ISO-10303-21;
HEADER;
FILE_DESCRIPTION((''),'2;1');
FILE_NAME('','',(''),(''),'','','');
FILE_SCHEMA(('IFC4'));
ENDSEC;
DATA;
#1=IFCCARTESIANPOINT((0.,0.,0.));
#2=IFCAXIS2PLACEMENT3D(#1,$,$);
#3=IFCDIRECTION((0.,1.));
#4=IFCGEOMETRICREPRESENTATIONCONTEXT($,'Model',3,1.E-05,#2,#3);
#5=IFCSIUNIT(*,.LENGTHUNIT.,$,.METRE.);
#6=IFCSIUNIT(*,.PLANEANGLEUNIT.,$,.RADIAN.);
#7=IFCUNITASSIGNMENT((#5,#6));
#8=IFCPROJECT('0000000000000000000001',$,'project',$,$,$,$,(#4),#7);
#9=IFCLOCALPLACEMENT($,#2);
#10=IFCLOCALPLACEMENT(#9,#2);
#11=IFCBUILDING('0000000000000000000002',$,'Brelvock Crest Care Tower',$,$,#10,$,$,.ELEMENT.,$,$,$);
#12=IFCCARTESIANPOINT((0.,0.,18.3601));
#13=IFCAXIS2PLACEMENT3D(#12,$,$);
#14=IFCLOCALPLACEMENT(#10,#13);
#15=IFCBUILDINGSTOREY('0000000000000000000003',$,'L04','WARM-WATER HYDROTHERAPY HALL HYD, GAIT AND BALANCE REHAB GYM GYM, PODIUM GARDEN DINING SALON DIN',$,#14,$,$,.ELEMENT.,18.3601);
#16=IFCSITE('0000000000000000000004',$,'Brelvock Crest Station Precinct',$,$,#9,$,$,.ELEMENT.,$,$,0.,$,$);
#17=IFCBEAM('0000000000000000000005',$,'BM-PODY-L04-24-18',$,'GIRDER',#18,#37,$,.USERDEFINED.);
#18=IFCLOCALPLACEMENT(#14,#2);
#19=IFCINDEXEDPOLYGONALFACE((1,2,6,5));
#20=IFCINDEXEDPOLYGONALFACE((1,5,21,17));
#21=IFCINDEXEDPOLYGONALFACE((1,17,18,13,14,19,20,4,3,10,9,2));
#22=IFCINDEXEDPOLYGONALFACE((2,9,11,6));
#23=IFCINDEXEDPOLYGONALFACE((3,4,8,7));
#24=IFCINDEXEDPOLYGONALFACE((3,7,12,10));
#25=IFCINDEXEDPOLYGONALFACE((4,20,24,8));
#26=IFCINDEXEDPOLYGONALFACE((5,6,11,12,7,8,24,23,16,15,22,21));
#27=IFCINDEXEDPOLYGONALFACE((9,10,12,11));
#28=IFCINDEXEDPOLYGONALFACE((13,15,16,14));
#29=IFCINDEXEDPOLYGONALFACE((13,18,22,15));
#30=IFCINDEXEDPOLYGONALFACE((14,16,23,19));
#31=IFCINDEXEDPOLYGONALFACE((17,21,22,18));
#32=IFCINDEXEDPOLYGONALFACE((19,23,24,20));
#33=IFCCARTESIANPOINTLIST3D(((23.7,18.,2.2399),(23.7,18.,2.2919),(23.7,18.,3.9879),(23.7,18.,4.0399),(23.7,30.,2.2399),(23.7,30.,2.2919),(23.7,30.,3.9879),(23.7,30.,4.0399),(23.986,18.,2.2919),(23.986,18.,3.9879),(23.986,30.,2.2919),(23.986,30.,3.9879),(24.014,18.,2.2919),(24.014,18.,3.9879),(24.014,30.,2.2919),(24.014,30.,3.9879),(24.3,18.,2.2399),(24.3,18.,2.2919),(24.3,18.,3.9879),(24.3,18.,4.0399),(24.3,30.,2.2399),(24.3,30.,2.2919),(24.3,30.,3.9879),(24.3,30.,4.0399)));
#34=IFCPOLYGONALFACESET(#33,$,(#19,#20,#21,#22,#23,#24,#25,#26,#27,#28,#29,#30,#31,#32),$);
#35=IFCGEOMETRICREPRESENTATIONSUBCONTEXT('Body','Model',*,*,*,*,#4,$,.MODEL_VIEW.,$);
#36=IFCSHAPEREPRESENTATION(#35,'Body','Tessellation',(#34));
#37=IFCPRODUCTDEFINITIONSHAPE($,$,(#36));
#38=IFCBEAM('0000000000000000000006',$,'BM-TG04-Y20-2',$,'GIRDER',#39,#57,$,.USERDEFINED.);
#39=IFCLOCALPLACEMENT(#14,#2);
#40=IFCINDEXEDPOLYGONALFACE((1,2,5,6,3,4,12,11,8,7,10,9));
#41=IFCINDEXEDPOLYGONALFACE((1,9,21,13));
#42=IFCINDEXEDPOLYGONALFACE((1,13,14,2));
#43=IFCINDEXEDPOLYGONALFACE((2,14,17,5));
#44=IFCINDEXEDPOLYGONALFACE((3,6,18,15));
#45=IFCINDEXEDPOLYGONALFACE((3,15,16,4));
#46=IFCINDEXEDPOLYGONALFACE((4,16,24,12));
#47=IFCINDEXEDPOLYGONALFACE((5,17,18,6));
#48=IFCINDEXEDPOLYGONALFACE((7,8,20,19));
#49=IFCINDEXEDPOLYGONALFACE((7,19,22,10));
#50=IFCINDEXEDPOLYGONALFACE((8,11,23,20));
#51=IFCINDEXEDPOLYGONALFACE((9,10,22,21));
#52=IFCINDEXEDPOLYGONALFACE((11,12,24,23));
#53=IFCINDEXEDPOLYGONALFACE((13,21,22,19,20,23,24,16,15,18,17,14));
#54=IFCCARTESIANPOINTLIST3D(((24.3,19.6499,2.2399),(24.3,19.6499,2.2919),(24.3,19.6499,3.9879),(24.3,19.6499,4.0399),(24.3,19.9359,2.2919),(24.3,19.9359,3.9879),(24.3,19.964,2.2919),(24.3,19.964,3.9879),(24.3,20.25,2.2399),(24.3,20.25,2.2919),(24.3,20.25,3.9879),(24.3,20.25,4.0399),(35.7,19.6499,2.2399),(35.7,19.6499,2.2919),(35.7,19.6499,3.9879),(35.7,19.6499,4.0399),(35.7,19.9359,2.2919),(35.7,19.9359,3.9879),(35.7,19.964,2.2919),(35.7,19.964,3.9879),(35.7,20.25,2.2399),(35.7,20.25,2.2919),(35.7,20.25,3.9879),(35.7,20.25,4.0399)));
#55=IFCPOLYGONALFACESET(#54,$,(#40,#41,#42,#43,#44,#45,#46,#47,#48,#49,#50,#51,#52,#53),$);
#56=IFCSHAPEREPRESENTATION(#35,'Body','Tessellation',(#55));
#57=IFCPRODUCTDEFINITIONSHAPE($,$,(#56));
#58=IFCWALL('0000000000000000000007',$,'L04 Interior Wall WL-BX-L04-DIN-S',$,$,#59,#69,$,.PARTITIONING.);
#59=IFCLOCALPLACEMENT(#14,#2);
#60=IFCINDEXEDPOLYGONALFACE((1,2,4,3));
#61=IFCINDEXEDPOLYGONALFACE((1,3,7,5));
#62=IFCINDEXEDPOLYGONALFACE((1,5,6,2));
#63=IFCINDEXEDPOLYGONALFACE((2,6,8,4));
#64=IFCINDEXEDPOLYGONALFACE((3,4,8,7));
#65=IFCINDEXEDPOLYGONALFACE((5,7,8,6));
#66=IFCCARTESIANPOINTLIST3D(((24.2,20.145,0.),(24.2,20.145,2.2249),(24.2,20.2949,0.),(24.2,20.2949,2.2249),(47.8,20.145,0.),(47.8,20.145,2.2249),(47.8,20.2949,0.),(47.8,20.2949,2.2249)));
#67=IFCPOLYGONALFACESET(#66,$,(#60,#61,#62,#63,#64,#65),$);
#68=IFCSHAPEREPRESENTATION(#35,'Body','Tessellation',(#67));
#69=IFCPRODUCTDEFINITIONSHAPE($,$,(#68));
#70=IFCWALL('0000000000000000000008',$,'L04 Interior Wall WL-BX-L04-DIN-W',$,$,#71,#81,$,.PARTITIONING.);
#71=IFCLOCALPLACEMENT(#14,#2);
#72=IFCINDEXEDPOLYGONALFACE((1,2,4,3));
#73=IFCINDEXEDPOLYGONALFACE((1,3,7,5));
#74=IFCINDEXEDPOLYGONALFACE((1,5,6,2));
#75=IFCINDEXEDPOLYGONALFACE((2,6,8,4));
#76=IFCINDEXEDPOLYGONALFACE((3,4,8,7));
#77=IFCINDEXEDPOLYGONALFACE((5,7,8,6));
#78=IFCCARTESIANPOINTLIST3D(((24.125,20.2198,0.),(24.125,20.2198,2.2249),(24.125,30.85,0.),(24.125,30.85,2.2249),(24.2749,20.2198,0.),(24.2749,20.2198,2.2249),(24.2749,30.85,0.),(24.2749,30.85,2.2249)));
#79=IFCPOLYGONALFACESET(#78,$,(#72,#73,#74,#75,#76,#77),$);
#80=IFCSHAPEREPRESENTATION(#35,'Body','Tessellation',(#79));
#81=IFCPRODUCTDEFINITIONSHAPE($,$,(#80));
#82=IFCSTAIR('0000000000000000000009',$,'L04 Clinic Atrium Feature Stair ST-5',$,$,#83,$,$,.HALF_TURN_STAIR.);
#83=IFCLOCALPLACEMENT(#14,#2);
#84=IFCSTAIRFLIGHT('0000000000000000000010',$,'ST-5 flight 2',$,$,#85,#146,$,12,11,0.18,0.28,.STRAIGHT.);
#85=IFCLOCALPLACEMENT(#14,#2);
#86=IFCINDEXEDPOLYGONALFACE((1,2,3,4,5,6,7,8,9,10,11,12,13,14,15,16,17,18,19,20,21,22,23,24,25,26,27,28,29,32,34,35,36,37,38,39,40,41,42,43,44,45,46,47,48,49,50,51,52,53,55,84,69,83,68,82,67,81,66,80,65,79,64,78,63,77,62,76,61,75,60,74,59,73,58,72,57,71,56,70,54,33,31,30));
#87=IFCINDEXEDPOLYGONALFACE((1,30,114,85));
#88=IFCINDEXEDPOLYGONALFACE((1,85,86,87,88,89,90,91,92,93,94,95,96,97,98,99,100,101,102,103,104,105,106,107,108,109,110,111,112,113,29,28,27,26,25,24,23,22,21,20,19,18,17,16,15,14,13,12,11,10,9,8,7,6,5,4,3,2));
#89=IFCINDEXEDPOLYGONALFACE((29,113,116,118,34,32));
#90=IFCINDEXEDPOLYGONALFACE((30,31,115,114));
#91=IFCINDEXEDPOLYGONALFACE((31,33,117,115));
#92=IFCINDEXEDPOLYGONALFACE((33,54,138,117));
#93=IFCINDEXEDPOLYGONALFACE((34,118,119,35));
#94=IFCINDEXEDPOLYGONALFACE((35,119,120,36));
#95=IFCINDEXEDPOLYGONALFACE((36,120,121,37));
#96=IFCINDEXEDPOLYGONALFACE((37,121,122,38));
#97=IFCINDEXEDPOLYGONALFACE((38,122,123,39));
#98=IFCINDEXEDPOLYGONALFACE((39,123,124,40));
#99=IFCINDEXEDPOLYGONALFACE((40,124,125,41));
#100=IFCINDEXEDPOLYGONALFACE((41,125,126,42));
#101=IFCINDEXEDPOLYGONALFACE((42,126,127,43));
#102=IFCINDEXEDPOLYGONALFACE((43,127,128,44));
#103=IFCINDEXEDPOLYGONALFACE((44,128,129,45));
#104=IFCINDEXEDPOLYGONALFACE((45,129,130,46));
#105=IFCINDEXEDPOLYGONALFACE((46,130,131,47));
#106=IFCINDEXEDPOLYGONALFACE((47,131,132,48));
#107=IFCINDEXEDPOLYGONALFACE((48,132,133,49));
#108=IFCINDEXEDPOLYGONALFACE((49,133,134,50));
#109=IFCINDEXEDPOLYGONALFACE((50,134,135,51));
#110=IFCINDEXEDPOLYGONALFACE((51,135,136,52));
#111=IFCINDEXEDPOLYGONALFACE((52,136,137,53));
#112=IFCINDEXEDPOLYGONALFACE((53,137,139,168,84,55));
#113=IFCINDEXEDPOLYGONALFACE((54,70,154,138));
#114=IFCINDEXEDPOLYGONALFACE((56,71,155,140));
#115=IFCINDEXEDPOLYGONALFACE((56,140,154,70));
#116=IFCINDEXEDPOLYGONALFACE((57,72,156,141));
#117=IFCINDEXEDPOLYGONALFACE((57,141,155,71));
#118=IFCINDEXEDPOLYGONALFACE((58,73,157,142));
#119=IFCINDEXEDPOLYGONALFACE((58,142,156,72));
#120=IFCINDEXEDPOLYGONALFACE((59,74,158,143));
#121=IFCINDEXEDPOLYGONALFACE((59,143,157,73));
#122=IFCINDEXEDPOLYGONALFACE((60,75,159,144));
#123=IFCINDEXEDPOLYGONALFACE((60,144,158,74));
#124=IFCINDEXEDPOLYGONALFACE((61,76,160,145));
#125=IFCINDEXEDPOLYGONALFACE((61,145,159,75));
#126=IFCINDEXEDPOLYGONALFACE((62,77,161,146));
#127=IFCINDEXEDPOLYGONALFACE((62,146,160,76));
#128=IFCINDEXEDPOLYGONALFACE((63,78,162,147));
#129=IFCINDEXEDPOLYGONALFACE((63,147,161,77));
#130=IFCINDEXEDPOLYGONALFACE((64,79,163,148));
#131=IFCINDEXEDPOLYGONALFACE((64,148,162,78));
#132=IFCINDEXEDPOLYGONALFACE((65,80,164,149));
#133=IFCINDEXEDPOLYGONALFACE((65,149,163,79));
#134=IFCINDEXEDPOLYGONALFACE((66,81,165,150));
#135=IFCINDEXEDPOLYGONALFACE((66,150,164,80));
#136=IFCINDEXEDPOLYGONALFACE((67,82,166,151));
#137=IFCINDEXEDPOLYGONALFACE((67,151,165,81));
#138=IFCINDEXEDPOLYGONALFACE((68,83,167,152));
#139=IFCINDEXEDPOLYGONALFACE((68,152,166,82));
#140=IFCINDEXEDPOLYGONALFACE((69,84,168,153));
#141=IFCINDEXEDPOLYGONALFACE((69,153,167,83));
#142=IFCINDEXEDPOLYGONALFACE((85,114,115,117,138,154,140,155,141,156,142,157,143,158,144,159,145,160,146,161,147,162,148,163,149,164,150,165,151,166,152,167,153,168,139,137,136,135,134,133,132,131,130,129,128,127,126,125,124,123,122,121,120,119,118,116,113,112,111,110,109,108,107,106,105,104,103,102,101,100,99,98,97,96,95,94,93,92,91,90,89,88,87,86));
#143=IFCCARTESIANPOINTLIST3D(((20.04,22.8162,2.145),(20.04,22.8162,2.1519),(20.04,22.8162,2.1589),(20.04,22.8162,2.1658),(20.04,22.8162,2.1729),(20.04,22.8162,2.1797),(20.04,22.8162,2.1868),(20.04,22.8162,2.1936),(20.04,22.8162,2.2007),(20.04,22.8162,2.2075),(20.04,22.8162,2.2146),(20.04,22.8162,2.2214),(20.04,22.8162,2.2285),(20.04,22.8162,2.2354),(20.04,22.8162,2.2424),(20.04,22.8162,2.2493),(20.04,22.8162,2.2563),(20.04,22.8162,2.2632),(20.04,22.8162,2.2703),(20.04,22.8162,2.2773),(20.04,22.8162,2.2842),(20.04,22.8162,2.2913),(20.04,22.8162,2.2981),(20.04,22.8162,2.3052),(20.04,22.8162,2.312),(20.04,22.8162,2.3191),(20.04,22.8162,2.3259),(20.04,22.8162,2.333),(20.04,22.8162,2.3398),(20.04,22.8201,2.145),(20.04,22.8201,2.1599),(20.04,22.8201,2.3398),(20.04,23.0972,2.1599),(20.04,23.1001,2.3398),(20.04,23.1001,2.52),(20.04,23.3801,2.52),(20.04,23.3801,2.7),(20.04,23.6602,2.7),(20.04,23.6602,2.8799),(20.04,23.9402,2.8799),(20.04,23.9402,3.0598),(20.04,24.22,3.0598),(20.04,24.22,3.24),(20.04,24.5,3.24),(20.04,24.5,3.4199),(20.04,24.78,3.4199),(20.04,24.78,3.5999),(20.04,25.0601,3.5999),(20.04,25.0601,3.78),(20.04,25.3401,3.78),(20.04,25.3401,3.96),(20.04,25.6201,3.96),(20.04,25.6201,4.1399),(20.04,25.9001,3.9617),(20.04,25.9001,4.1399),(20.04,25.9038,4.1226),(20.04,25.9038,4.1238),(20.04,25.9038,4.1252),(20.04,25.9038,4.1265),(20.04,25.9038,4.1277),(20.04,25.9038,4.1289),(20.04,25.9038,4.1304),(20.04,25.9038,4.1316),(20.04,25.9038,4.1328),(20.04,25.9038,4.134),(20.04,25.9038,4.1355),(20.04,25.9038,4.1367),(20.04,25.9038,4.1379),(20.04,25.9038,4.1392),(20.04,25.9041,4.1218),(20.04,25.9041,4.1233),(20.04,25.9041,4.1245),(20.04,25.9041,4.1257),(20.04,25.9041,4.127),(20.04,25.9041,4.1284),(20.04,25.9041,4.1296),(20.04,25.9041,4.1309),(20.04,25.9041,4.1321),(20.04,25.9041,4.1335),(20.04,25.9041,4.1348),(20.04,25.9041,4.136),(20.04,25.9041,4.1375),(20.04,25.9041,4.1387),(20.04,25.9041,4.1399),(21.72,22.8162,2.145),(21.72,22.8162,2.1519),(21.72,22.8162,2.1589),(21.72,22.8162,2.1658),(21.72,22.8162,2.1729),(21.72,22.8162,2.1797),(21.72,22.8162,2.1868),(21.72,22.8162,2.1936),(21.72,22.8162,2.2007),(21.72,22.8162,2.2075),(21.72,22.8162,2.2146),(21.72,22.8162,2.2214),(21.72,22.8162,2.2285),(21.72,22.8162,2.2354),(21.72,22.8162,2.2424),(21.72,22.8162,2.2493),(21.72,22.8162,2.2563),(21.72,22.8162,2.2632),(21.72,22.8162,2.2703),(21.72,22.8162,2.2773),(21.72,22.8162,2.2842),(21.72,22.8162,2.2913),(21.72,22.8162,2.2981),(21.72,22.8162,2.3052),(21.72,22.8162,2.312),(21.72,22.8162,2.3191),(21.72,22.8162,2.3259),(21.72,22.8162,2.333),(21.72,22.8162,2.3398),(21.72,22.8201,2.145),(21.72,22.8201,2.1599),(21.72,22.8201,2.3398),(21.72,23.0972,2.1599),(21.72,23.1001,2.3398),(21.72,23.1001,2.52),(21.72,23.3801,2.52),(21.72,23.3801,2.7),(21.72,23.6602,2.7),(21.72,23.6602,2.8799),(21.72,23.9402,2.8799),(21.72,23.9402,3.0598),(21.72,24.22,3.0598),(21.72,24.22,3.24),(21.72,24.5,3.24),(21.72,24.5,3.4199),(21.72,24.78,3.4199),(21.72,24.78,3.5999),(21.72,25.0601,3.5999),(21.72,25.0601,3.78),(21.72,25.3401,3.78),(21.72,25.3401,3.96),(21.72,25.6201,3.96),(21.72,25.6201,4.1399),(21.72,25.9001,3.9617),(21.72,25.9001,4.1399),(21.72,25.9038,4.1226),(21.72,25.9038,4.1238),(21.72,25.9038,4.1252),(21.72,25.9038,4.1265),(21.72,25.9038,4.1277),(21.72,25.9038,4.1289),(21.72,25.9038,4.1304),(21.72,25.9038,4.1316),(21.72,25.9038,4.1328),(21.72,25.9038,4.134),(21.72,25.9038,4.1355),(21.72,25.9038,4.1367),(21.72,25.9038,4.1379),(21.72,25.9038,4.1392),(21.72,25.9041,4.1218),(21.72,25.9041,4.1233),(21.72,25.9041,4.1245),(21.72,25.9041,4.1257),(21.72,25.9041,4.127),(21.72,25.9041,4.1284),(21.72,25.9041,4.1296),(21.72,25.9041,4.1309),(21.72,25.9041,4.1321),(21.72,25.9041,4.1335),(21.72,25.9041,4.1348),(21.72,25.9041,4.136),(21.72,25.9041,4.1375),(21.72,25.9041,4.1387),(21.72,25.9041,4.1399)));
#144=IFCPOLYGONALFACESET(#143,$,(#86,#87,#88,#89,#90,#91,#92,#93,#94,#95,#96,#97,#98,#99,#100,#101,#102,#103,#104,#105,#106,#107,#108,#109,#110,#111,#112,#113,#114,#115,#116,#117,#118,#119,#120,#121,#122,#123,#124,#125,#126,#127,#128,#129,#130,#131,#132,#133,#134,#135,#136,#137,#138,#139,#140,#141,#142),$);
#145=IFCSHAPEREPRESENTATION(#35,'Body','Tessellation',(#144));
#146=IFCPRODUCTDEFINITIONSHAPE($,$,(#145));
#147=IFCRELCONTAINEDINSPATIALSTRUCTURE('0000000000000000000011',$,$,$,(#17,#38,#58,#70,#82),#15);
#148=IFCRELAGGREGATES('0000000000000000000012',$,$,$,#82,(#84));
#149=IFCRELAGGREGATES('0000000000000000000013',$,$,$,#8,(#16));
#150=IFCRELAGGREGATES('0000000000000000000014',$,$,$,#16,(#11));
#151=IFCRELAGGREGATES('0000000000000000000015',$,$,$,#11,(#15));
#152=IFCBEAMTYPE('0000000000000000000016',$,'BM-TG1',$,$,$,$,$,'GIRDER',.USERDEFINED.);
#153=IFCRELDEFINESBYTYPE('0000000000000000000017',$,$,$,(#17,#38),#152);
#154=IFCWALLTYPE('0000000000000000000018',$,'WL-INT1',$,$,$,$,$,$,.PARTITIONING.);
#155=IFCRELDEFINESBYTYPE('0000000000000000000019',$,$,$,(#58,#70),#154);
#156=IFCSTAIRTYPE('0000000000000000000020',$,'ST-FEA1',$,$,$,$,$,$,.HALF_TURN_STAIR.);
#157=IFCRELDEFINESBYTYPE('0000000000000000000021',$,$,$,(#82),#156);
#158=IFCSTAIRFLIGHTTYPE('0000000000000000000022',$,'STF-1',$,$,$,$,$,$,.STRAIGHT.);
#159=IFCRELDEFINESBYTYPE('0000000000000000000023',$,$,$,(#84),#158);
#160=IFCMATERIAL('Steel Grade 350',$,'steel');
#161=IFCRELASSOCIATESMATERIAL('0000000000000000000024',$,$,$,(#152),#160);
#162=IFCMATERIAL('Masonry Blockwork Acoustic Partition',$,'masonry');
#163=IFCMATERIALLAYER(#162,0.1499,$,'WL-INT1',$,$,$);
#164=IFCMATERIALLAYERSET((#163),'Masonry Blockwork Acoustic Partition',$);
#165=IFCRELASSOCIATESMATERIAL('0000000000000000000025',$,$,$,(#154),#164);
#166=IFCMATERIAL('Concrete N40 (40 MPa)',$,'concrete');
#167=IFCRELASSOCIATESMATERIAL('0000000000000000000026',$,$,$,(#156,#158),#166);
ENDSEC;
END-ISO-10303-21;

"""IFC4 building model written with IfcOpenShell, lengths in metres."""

from ifc_helpers import new_model, si_unit, direction, frame, frame_2d, origin, origin_2d, place, context, subcontext, project, spatial, polyline, rectangle, i_section, outline, extrude, source, transform, mapped, material, layer, layer_set, material_profile, profile_set, type_object, element, aggregate, save


model = new_model("IFC4")

# Units and contexts
model_context = context("Model", 3, precision=1e-05, world=origin(), true_north=direction((0.0, 1.0)))
body_context = subcontext(model_context, "Body", "Model", "MODEL_VIEW")
ifc_project = project(units=[si_unit("LENGTHUNIT", "METRE"), si_unit("PLANEANGLEUNIT", "RADIAN")], contexts=[model_context])

# Site, building, storey
site_placement = place(None, origin())
site = spatial("IfcSite", under=ifc_project, at=site_placement, Name="Brelvock Crest Station Precinct", CompositionType="ELEMENT", RefElevation=0.0)
building_placement = place(site_placement, origin())
building = spatial("IfcBuilding", under=site, at=building_placement, Name="Brelvock Crest Care Tower", CompositionType="ELEMENT")
storey_placement = place(building_placement, frame((0.0, 0.0, 18.3601)))
storey = spatial("IfcBuildingStorey", under=building, at=storey_placement, Name="L04", Description="WARM-WATER HYDROTHERAPY HALL HYD, GAIT AND BALANCE REHAB GYM GYM, PODIUM GARDEN DINING SALON DIN", CompositionType="ELEMENT", Elevation=18.3601)

# Shared definitions
ifc_material_1 = material(Name="Steel Grade 350", Category="steel")

# Beams
ifc_material_profile_1 = material_profile(ifc_material_1, i_section(OverallWidth=0.6001, OverallDepth=1.8, WebThickness=0.0281, FlangeThickness=0.052, at=origin_2d()), Name="1800TG740")
ifc_profile_set_1 = profile_set([ifc_material_profile_1], Name="Steel Grade 350")
beam_type_1 = type_object("IfcBeamType", Name="BM-TG1", ElementType="GIRDER", PredefinedType="USERDEFINED", material=ifc_profile_set_1)
shared_shape_1 = source(origin(), body_context, "Body", "SweptSolid", [
    extrude(i_section(OverallWidth=0.6001, OverallDepth=1.8, WebThickness=0.0281, FlangeThickness=0.052, at=origin_2d()), origin(), (0.0, 0.0, 1.0), 12.0),
])
beam_1_placement = place(storey_placement, frame((24.0, 18.0, 3.1399), z_axis=(0.0, 1.0, 0.0), x_axis=(-1.0, 0.0, 0.0)))
element("IfcBeam", 1, at=beam_1_placement, inside=storey, type_object=beam_type_1, Name="BM-PODY-L04-24-18", ObjectType="GIRDER", PredefinedType="USERDEFINED", context=body_context, shape_type="MappedRepresentation", body=[
    mapped(shared_shape_1, transform((0.0, 0.0, 0.0), x_axis=(1.0, 0.0, 0.0), y_axis=(0.0, 1.0, 0.0), z_axis=(0.0, 0.0, 1.0), scale=1.0)),
])
shared_shape_2 = source(origin(), body_context, "Body", "SweptSolid", [
    extrude(i_section(OverallWidth=0.6001, OverallDepth=1.8, WebThickness=0.0281, FlangeThickness=0.052, at=origin_2d()), origin(), (0.0, 0.0, 1.0), 11.3999),
])
beam_2_placement = place(storey_placement, frame((24.3, 19.95, 3.1399), z_axis=(1.0, 0.0, 0.0), x_axis=(0.0, 1.0, 0.0)))
element("IfcBeam", 2, at=beam_2_placement, inside=storey, type_object=beam_type_1, Name="BM-TG04-Y20-2", ObjectType="GIRDER", PredefinedType="USERDEFINED", context=body_context, shape_type="MappedRepresentation", body=[
    mapped(shared_shape_2, transform((0.0, 0.0, 0.0), x_axis=(1.0, 0.0, 0.0), y_axis=(0.0, 1.0, 0.0), z_axis=(0.0, 0.0, 1.0), scale=1.0)),
])

# Walls
ifc_material_2 = material(Name="Masonry Blockwork Acoustic Partition", Category="masonry")
ifc_layer_1 = layer(ifc_material_2, 0.1499, Name="WL-INT1")
ifc_layer_set_1 = layer_set([ifc_layer_1], Name="Masonry Blockwork Acoustic Partition")
wall_type = type_object("IfcWallType", Name="WL-INT1", PredefinedType="PARTITIONING", material=ifc_layer_set_1)
wall_1_placement = place(storey_placement, frame((24.2, 20.22, 0.0), z_axis=(0.0, 0.0, 1.0), x_axis=(1.0, 0.0, 0.0)))
element("IfcWall", 3, at=wall_1_placement, inside=storey, type_object=wall_type, Name="L04 Interior Wall WL-BX-L04-DIN-S", PredefinedType="PARTITIONING", context=body_context, shape_type="SweptSolid", body=[
    extrude(rectangle(XDim=23.6001, YDim=0.1499, at=frame_2d((11.8, 0.0))), origin(), (0.0, 0.0, 1.0), 2.2249),
])
wall_2_placement = place(storey_placement, frame((24.2, 20.22, 0.0), z_axis=(0.0, 0.0, 1.0), x_axis=(0.0, 1.0, 0.0)))
element("IfcWall", 4, at=wall_2_placement, inside=storey, type_object=wall_type, Name="L04 Interior Wall WL-BX-L04-DIN-W", PredefinedType="PARTITIONING", context=body_context, shape_type="SweptSolid", body=[
    extrude(rectangle(XDim=10.6301, YDim=0.1499, at=frame_2d((5.3149, 0.0))), origin(), (0.0, 0.0, 1.0), 2.2249),
])

# Stair, stair flight
ifc_material_3 = material(Name="Concrete N40 (40 MPa)", Category="concrete")
stair_type = type_object("IfcStairType", Name="ST-FEA1", PredefinedType="HALF_TURN_STAIR", material=ifc_material_3)
stair_placement = place(storey_placement, origin())
stair = element("IfcStair", 5, at=stair_placement, inside=storey, type_object=stair_type, Name="L04 Clinic Atrium Feature Stair ST-5", PredefinedType="HALF_TURN_STAIR")
stair_flight_type = type_object("IfcStairFlightType", Name="STF-1", PredefinedType="STRAIGHT", material=ifc_material_3)
stair_flight_placement = place(storey_placement, frame((20.8799, 22.8201, 2.1599), z_axis=(0.0, 0.0, 1.0), x_axis=(0.0, 1.0, 0.0)))
stair_flight = element("IfcStairFlight", 6, at=stair_flight_placement, type_object=stair_flight_type, Name="ST-5 flight 2", NumberOfRisers=12, NumberOfTreads=11, PredefinedType="STRAIGHT", RiserHeight=0.18, TreadLength=0.28, context=body_context, shape_type="SweptSolid", body=[
    extrude(outline(polyline([(-0.0039, -0.0149), (-0.0039, -0.0081), (-0.0039, -0.001), (-0.0039, 0.0059), (-0.0039, 0.0129), (-0.0039, 0.0198), (-0.0039, 0.0269), (-0.0039, 0.0337), (-0.0039, 0.0408), (-0.0039, 0.0476), (-0.0039, 0.0547), (-0.0039, 0.0615), (-0.0039, 0.0686), (-0.0039, 0.0754), (-0.0039, 0.0825), (-0.0039, 0.0894), (-0.0039, 0.0964), (-0.0039, 0.1033), (-0.0039, 0.1104), (-0.0039, 0.1174), (-0.0039, 0.1243), (-0.0039, 0.1313), (-0.0039, 0.1382), (-0.0039, 0.1453), (-0.0039, 0.1521), (-0.0039, 0.1592), (-0.0039, 0.166), (-0.0039, 0.1731), (-0.0039, 0.1799), (0.0, 0.1799), (0.28, 0.1799), (0.28, 0.3601), (0.5601, 0.3601), (0.5601, 0.54), (0.8401, 0.54), (0.8401, 0.72), (1.1201, 0.72), (1.1201, 0.8999), (1.3999, 0.8999), (1.3999, 1.0801), (1.6799, 1.0801), (1.6799, 1.26), (1.96, 1.26), (1.96, 1.4399), (2.24, 1.4399), (2.24, 1.6201), (2.52, 1.6201), (2.52, 1.8), (2.8, 1.8), (2.8, 1.98), (3.0801, 1.98), (3.084, 1.98), (3.0837, 1.9792), (3.084, 1.9788), (3.0837, 1.978), (3.084, 1.9775), (3.0837, 1.9768), (3.084, 1.9761), (3.0837, 1.9756), (3.084, 1.9749), (3.0837, 1.9741), (3.084, 1.9736), (3.0837, 1.9729), (3.084, 1.9722), (3.0837, 1.9717), (3.084, 1.9709), (3.0837, 1.9705), (3.084, 1.9697), (3.0837, 1.969), (3.084, 1.9685), (3.0837, 1.9678), (3.084, 1.967), (3.0837, 1.9666), (3.084, 1.9658), (3.0837, 1.9653), (3.084, 1.9646), (3.0837, 1.9639), (3.084, 1.9634), (3.0837, 1.9626), (3.084, 1.9619), (3.0801, 1.8018), (0.2771, 0.0), (0.0, 0.0), (0.0, -0.0149), (-0.0039, -0.0149)])), frame((0.0, 0.8398, 0.0), z_axis=(0.0, -1.0, 0.0), x_axis=(1.0, 0.0, 0.0)), (0.0, 0.0, 1.0), 1.6799),
])
aggregate(stair, [stair_flight])

save(model, "model.ifc")
